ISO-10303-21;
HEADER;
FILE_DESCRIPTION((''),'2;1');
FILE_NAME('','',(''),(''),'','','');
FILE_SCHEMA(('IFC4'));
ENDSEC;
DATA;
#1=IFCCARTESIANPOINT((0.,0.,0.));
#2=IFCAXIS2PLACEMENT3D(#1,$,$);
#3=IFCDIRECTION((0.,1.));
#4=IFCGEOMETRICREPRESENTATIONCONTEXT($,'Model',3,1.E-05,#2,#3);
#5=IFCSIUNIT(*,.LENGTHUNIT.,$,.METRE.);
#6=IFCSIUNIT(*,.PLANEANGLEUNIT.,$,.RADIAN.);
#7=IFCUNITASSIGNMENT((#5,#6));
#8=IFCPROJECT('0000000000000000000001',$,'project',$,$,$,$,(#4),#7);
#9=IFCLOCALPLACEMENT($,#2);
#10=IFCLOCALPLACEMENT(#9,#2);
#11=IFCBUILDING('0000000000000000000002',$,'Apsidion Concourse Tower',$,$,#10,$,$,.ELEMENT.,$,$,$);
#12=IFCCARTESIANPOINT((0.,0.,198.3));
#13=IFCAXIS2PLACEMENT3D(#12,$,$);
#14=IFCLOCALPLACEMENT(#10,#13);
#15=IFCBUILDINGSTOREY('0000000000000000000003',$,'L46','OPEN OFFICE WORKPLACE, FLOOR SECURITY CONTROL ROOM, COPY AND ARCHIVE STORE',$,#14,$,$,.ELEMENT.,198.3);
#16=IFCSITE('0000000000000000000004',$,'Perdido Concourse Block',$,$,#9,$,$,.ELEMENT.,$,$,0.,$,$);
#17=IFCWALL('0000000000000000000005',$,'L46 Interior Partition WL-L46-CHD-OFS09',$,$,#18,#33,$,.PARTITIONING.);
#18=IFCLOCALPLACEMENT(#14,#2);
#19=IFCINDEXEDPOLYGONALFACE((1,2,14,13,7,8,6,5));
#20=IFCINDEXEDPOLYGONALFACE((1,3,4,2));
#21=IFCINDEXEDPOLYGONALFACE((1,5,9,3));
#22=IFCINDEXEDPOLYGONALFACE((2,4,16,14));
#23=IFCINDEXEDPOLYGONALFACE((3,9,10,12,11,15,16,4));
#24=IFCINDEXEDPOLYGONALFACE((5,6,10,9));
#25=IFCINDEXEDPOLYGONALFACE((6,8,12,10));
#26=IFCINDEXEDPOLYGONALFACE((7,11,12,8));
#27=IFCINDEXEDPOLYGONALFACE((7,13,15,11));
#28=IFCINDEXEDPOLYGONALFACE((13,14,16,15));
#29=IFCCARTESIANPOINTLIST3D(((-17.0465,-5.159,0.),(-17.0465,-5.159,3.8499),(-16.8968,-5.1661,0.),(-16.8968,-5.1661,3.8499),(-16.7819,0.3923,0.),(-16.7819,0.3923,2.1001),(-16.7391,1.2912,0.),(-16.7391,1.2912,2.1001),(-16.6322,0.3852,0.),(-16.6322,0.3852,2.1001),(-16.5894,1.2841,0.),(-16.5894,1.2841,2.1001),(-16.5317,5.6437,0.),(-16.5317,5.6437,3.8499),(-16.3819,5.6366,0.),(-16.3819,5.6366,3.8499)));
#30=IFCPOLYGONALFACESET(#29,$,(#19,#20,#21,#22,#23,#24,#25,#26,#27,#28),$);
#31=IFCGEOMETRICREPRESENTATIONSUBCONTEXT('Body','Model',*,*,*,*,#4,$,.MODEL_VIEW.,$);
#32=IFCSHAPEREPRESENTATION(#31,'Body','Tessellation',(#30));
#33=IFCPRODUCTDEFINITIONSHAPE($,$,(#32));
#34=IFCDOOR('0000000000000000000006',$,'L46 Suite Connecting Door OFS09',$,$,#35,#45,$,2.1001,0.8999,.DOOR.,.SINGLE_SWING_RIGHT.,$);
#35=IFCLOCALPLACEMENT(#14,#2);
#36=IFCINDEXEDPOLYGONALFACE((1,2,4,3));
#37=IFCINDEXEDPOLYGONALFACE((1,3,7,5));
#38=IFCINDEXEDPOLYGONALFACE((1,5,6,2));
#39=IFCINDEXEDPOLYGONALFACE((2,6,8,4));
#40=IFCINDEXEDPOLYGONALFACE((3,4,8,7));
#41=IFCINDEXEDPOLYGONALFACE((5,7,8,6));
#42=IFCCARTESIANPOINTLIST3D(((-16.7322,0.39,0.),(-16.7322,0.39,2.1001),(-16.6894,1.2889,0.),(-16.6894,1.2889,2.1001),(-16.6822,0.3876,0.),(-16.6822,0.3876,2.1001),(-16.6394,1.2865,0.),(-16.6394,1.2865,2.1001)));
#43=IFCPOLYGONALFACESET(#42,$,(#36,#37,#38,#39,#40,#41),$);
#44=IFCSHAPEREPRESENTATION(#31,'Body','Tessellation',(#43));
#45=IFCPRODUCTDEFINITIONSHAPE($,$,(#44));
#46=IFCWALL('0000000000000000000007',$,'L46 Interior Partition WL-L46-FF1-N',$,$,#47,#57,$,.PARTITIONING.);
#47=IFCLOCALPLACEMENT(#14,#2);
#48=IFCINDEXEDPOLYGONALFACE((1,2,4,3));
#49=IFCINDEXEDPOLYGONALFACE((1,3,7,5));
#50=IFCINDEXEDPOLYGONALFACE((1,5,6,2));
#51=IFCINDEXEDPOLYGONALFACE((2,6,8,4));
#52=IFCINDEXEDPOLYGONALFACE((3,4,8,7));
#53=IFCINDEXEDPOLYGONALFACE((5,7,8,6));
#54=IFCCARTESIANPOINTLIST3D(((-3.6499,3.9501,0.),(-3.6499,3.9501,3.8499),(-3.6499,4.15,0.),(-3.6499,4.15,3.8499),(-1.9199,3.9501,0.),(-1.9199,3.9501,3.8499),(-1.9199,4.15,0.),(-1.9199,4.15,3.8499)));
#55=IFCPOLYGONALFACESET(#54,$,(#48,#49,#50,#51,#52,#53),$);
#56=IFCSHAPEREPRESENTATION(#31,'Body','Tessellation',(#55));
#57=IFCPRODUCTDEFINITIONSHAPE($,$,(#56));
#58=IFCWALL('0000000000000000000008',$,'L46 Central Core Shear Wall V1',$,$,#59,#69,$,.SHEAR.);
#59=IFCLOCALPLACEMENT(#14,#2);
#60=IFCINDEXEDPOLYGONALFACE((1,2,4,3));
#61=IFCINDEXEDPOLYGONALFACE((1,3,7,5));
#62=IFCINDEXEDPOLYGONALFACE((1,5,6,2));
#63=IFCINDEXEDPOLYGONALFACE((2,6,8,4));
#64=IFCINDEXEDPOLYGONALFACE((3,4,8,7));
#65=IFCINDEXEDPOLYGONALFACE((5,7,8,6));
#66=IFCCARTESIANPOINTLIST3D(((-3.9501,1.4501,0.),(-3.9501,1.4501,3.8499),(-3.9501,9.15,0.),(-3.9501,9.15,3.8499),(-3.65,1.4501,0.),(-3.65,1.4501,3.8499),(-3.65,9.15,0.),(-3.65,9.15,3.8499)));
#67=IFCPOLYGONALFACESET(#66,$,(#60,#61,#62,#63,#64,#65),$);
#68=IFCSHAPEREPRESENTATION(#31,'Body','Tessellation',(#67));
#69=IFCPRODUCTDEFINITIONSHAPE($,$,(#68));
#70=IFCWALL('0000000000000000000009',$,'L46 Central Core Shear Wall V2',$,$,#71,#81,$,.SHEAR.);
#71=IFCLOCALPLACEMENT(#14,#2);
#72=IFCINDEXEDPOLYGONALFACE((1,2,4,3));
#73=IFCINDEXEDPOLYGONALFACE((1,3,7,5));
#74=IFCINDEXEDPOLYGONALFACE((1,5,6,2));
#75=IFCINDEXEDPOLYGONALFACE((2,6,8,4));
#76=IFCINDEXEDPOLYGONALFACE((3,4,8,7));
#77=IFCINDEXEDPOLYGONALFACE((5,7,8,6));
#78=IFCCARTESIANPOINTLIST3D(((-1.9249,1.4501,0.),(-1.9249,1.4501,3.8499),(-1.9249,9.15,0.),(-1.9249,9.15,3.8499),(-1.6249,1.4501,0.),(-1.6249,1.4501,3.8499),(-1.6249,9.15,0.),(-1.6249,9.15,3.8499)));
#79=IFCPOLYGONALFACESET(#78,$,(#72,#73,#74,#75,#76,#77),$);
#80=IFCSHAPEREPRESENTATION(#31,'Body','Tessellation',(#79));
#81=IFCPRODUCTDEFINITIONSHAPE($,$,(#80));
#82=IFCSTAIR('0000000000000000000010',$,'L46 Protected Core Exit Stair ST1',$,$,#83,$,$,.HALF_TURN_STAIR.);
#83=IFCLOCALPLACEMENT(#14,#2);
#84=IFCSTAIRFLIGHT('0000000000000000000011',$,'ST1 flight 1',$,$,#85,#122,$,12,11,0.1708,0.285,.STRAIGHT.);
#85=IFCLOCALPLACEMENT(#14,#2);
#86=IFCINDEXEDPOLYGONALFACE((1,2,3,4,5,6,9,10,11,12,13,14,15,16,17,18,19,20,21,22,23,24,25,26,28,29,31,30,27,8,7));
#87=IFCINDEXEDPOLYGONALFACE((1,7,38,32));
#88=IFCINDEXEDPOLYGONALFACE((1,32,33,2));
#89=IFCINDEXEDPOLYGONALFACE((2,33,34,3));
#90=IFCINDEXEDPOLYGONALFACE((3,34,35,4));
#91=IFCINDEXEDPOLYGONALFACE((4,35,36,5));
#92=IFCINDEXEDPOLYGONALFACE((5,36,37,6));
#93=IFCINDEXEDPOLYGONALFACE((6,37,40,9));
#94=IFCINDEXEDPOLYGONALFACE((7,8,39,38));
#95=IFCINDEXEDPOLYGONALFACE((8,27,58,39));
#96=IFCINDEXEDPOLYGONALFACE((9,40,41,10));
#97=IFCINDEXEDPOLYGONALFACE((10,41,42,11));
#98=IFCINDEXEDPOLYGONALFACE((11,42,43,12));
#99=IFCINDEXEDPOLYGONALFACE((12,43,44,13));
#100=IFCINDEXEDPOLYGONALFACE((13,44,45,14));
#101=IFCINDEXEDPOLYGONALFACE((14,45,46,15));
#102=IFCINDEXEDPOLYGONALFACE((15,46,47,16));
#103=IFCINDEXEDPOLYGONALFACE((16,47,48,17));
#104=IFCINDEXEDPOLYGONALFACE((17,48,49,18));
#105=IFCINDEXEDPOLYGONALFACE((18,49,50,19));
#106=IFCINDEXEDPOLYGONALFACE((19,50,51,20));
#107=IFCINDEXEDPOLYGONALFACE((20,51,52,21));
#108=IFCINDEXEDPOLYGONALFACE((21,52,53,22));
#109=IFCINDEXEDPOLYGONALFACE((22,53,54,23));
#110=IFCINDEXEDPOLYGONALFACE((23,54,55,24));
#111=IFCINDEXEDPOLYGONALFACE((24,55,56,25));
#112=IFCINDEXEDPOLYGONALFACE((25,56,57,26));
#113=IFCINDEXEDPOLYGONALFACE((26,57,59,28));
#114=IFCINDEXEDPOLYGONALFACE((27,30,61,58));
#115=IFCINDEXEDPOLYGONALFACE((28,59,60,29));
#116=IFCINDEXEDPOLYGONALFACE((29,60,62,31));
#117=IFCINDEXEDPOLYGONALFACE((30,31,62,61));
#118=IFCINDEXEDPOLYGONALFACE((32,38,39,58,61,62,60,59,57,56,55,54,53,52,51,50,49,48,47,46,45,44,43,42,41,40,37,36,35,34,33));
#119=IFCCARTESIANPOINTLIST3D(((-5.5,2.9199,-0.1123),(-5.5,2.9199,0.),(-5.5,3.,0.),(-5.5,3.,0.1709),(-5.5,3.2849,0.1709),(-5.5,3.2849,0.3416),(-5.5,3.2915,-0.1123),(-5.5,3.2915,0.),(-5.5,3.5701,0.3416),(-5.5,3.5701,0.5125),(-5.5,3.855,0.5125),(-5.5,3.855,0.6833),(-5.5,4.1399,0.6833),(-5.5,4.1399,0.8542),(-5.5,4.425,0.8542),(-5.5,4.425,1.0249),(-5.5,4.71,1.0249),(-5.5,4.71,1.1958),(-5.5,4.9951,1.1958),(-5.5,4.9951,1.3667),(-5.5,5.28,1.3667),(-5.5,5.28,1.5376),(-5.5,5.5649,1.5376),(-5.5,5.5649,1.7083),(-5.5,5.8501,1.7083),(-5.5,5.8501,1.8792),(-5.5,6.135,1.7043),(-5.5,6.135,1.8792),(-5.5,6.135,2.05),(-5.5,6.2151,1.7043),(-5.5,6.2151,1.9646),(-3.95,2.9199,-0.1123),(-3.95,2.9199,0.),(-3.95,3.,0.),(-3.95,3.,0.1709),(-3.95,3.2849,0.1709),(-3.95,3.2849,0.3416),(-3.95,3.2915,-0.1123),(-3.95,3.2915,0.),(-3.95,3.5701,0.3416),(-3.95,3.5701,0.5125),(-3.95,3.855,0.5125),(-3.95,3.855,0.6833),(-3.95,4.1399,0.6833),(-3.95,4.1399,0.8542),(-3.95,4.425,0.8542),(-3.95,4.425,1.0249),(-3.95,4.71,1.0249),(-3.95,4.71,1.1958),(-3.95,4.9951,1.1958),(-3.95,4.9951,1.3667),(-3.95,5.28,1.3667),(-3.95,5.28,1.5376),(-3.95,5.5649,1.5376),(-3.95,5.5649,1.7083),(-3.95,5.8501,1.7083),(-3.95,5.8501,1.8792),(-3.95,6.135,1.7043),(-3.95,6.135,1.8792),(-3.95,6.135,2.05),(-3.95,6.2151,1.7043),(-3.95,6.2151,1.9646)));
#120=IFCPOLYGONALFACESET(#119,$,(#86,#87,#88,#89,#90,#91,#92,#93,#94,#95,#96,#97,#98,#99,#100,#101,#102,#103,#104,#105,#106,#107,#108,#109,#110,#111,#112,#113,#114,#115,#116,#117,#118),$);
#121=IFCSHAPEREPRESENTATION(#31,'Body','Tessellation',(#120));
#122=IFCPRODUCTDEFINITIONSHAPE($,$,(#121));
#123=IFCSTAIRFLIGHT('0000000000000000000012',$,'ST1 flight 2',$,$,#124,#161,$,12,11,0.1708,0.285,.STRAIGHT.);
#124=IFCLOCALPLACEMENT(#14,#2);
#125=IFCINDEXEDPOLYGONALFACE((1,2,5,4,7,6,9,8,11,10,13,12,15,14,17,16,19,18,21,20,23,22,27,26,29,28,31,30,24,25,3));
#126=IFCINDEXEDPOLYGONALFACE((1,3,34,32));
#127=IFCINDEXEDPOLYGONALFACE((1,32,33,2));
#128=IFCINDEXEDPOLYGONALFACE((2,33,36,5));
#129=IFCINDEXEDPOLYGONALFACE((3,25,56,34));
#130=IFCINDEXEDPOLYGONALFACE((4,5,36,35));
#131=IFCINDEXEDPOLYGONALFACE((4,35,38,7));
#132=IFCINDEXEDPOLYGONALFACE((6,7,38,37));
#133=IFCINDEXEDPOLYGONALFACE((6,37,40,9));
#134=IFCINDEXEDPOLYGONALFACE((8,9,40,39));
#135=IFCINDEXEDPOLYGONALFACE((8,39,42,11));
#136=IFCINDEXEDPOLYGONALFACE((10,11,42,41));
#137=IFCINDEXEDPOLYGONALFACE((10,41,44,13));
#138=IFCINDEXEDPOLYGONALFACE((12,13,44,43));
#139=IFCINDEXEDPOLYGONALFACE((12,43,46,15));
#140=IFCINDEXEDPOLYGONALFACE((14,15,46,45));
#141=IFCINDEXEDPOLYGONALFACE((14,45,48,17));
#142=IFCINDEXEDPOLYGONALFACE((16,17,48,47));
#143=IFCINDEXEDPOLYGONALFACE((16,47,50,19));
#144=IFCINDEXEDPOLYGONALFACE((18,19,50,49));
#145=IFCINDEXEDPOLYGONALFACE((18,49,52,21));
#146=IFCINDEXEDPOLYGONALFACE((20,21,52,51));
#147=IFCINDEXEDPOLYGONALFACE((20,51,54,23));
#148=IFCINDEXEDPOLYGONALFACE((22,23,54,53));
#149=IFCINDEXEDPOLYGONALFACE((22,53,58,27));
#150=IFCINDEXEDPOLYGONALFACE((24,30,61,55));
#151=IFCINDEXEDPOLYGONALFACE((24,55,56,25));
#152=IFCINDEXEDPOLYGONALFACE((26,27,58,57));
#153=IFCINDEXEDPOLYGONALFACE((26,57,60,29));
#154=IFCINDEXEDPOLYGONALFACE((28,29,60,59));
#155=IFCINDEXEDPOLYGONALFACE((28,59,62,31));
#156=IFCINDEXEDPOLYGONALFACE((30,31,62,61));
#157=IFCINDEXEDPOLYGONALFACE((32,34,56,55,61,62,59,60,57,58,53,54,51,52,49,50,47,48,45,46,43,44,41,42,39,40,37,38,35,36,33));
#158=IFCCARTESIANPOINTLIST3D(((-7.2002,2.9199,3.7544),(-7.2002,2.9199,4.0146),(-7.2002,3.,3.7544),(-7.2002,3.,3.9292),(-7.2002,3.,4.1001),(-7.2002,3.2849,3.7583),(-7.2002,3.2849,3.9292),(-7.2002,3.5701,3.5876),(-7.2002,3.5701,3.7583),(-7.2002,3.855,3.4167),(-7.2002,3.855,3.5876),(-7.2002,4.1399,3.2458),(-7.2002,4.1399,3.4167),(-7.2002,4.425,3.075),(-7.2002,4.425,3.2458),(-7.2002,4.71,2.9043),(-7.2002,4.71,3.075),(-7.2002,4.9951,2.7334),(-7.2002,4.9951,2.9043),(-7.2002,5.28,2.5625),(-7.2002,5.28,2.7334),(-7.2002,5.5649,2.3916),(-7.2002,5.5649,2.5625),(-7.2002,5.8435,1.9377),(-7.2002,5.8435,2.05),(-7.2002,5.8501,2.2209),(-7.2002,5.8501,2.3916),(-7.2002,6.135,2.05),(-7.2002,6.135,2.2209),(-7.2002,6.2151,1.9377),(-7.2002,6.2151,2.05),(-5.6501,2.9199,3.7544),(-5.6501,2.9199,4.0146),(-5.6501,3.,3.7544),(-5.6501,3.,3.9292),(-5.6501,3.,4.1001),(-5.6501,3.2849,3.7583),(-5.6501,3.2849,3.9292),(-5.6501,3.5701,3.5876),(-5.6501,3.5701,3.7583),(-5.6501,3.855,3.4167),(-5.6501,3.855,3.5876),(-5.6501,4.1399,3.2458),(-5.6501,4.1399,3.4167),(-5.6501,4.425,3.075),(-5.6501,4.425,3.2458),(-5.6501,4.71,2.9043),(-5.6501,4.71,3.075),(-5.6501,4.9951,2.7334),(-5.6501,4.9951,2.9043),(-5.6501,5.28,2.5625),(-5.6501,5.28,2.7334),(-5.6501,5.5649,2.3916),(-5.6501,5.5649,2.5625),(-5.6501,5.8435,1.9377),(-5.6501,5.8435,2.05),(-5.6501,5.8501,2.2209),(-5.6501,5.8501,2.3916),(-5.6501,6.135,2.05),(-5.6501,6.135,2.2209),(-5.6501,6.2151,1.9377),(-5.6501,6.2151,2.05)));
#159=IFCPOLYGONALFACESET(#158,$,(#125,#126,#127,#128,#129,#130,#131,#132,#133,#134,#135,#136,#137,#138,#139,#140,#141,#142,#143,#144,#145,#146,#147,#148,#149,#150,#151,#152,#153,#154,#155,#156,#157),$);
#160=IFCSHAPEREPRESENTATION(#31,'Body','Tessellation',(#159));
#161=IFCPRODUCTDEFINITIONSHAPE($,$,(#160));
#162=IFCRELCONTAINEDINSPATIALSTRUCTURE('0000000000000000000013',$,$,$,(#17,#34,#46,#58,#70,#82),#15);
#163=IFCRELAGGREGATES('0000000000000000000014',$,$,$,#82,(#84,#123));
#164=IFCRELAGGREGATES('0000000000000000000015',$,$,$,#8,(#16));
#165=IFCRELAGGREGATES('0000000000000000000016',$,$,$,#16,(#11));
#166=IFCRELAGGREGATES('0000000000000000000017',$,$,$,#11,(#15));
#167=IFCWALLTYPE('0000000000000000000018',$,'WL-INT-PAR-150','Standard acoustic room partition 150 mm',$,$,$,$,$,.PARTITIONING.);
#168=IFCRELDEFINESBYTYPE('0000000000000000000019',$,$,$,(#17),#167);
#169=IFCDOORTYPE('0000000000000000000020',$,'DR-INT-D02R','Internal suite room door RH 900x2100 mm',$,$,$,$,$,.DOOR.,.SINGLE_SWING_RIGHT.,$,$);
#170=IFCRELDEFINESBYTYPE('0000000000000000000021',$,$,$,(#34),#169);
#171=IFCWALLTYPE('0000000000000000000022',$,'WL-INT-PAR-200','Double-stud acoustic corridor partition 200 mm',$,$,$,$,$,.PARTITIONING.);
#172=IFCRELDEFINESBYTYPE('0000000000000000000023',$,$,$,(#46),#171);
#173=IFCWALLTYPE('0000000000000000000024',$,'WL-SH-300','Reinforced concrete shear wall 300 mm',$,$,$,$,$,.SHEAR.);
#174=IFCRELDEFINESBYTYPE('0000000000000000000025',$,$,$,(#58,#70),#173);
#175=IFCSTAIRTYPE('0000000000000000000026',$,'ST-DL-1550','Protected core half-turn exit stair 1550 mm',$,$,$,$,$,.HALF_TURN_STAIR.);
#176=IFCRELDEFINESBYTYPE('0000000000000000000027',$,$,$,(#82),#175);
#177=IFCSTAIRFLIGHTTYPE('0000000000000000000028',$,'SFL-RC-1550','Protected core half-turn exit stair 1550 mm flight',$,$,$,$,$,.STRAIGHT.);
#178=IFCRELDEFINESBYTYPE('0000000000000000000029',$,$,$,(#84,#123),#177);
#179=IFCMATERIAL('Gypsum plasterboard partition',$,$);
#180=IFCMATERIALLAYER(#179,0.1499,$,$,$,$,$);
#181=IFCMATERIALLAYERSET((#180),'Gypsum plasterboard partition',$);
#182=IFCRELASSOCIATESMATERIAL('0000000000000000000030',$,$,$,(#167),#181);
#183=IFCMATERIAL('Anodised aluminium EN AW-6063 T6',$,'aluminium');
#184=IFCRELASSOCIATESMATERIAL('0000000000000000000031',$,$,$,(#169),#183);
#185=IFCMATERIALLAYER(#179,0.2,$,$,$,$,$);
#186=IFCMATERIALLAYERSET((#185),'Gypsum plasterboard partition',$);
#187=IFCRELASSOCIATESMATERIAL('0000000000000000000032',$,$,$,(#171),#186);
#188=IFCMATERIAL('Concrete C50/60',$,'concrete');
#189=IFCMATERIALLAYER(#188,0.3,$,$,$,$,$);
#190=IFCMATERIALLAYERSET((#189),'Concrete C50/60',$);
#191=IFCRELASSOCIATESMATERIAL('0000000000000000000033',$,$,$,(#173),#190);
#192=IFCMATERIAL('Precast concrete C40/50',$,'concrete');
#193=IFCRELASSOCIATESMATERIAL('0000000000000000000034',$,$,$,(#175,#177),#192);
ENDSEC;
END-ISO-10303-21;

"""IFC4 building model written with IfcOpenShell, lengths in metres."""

from ifc_helpers import new_model, si_unit, direction, frame, frame_2d, origin, place, context, subcontext, project, spatial, polyline, rectangle, outline, extrude, material, layer, layer_set, type_object, element, fill, aggregate, save


model = new_model("IFC4")

# Units and contexts
model_context = context("Model", 3, precision=1e-05, world=origin(), true_north=direction((0.0, 1.0)))
body_context = subcontext(model_context, "Body", "Model", "MODEL_VIEW")
ifc_project = project(units=[si_unit("LENGTHUNIT", "METRE"), si_unit("PLANEANGLEUNIT", "RADIAN")], contexts=[model_context])

# Site, building, storey
site_placement = place(None, origin())
site = spatial("IfcSite", under=ifc_project, at=site_placement, Name="Perdido Concourse Block", CompositionType="ELEMENT", RefElevation=0.0)
building_placement = place(site_placement, origin())
building = spatial("IfcBuilding", under=site, at=building_placement, Name="Apsidion Concourse Tower", CompositionType="ELEMENT")
storey_placement = place(building_placement, frame((0.0, 0.0, 198.3)))
storey = spatial("IfcBuildingStorey", under=building, at=storey_placement, Name="L46", Description="OPEN OFFICE WORKPLACE, FLOOR SECURITY CONTROL ROOM, COPY AND ARCHIVE STORE", CompositionType="ELEMENT", Elevation=198.3)

# Shared definitions
ifc_material_1 = material(Name="Concrete C50/60", Category="concrete")

# Shared definitions
ifc_material_2 = material(Name="Gypsum plasterboard partition")
ifc_layer_1 = layer(ifc_material_2, 0.1499)
ifc_layer_set_1 = layer_set([ifc_layer_1], Name="Gypsum plasterboard partition")
wall_type_1 = type_object("IfcWallType", Name="WL-INT-PAR-150", Description="Standard acoustic room partition 150 mm", PredefinedType="PARTITIONING", material=ifc_layer_set_1)

# Wall, opening, door
wall_1_placement = place(storey_placement, frame((-16.4568, 5.6401, 0.0), z_axis=(0.0, 0.0, 1.0), x_axis=(-0.047609, -0.998866, 0.0)))
wall_1 = element("IfcWall", 1, at=wall_1_placement, inside=storey, type_object=wall_type_1, Name="L46 Interior Partition WL-L46-CHD-OFS09", PredefinedType="PARTITIONING", context=body_context, shape_type="SweptSolid", body=[
    extrude(rectangle(XDim=10.8149, YDim=0.1499, at=frame_2d((5.4075, 0.0))), origin(), (0.0, 0.0, 1.0), 3.8499),
])
opening_1_placement = place(wall_1_placement, frame((4.3574, 0.0, 0.0)))
opening_1 = element("IfcOpeningElement", 2, at=opening_1_placement, cuts=wall_1, PredefinedType="OPENING", context=body_context, shape_type="SweptSolid", body=[
    extrude(rectangle(XDim=0.8999, YDim=2.1001, at=frame_2d((0.45, 1.05))), frame((0.0, 0.085, 0.0), z_axis=(0.0, -1.0, 0.0), x_axis=(1.0, 0.0, 0.0)), (0.0, 0.0, 1.0), 0.1699),
])
ifc_material_3 = material(Name="Anodised aluminium EN AW-6063 T6", Category="aluminium")
door_type_1 = type_object("IfcDoorType", Name="DR-INT-D02R", Description="Internal suite room door RH 900x2100 mm", OperationType="SINGLE_SWING_RIGHT", PredefinedType="DOOR", material=ifc_material_3)
door_1_placement = place(opening_1_placement, origin())
door_1 = element("IfcDoor", 3, at=door_1_placement, inside=storey, type_object=door_type_1, Name="L46 Suite Connecting Door OFS09", OperationType="SINGLE_SWING_RIGHT", OverallHeight=2.1001, OverallWidth=0.8999, PredefinedType="DOOR", context=body_context, shape_type="SweptSolid", body=[
    extrude(rectangle(XDim=0.8999, YDim=2.1001, at=frame_2d((0.45, 1.05))), frame((0.0, 0.0249, 0.0), z_axis=(0.0, -1.0, 0.0), x_axis=(1.0, 0.0, 0.0)), (0.0, 0.0, 1.0), 0.05),
])
fill(opening_1, door_1)

# Walls
ifc_layer_2 = layer(ifc_material_2, 0.2)
ifc_layer_set_2 = layer_set([ifc_layer_2], Name="Gypsum plasterboard partition")
wall_type_2 = type_object("IfcWallType", Name="WL-INT-PAR-200", Description="Double-stud acoustic corridor partition 200 mm", PredefinedType="PARTITIONING", material=ifc_layer_set_2)
wall_2_placement = place(storey_placement, frame((-3.6499, 4.05, 0.0), z_axis=(0.0, 0.0, 1.0), x_axis=(1.0, 0.0, 0.0)))
element("IfcWall", 4, at=wall_2_placement, inside=storey, type_object=wall_type_2, Name="L46 Interior Partition WL-L46-FF1-N", PredefinedType="PARTITIONING", context=body_context, shape_type="SweptSolid", body=[
    extrude(rectangle(XDim=1.73, YDim=0.2, at=frame_2d((0.865, 0.0))), origin(), (0.0, 0.0, 1.0), 3.8499),
])
ifc_layer_3 = layer(ifc_material_1, 0.3)
ifc_layer_set_3 = layer_set([ifc_layer_3], Name="Concrete C50/60")
wall_type_3 = type_object("IfcWallType", Name="WL-SH-300", Description="Reinforced concrete shear wall 300 mm", PredefinedType="SHEAR", material=ifc_layer_set_3)
for number, where, z_axis, x_axis, name in (
    (5, (-3.8, 1.45, 0.0), (0.0, 0.0, 1.0), (0.0, 1.0, 0.0), "L46 Central Core Shear Wall V1"),
    (6, (-1.7749, 1.45, 0.0), (0.0, 0.0, 1.0), (0.0, 1.0, 0.0), "L46 Central Core Shear Wall V2"),
):
    element("IfcWall", number, at=place(storey_placement, frame(where, z_axis=z_axis, x_axis=x_axis)), inside=storey, type_object=wall_type_3, Name=name, PredefinedType="SHEAR", context=body_context, shape_type="SweptSolid", body=[
        extrude(rectangle(XDim=7.7, YDim=0.3, at=frame_2d((3.8501, 0.0))), origin(), (0.0, 0.0, 1.0), 3.8499),
    ])

# Stair, stair flights
ifc_material_4 = material(Name="Precast concrete C40/50", Category="concrete")
stair_type = type_object("IfcStairType", Name="ST-DL-1550", Description="Protected core half-turn exit stair 1550 mm", PredefinedType="HALF_TURN_STAIR", material=ifc_material_4)
stair_placement = place(storey_placement, origin())
stair = element("IfcStair", 7, at=stair_placement, inside=storey, type_object=stair_type, Name="L46 Protected Core Exit Stair ST1", PredefinedType="HALF_TURN_STAIR")
stair_flight_type = type_object("IfcStairFlightType", Name="SFL-RC-1550", Description="Protected core half-turn exit stair 1550 mm flight", PredefinedType="STRAIGHT", material=ifc_material_4)
stair_flight_1_placement = place(storey_placement, frame((-4.7251, 3.0, 0.0), z_axis=(0.0, 0.0, 1.0), x_axis=(0.0, 1.0, 0.0)))
stair_flight_1 = element("IfcStairFlight", 8, at=stair_flight_1_placement, type_object=stair_flight_type, Name="ST1 flight 1", NumberOfRisers=12, NumberOfTreads=11, PredefinedType="STRAIGHT", RiserHeight=0.1708, TreadLength=0.285, context=body_context, shape_type="SweptSolid", body=[
    extrude(outline(polyline([(-0.0801, -0.1123), (-0.0801, 0.0), (0.0, 0.0), (0.0, 0.1709), (0.2849, 0.1709), (0.2849, 0.3416), (0.5701, 0.3416), (0.5701, 0.5125), (0.855, 0.5125), (0.855, 0.6833), (1.1399, 0.6833), (1.1399, 0.8542), (1.425, 0.8542), (1.425, 1.0249), (1.71, 1.0249), (1.71, 1.1958), (1.9951, 1.1958), (1.9951, 1.3667), (2.28, 1.3667), (2.28, 1.5376), (2.5649, 1.5376), (2.5649, 1.7083), (2.8501, 1.7083), (2.8501, 1.8792), (3.135, 1.8792), (3.135, 2.05), (3.2151, 1.9646), (3.2151, 1.7043), (3.135, 1.7043), (0.2915, 0.0), (0.2915, -0.1123), (-0.0801, -0.1123)])), frame((0.0, 0.7749, 0.0), z_axis=(0.0, -1.0, 0.0), x_axis=(1.0, 0.0, 0.0)), (0.0, 0.0, 1.0), 1.55),
])
stair_flight_2_placement = place(storey_placement, frame((-6.425, 6.135, 2.05), z_axis=(0.0, 0.0, 1.0), x_axis=(0.0, -1.0, 0.0)))
stair_flight_2 = element("IfcStairFlight", 9, at=stair_flight_2_placement, type_object=stair_flight_type, Name="ST1 flight 2", NumberOfRisers=12, NumberOfTreads=11, PredefinedType="STRAIGHT", RiserHeight=0.1708, TreadLength=0.285, context=body_context, shape_type="SweptSolid", body=[
    extrude(outline(polyline([(-0.0801, -0.1123), (-0.0801, 0.0), (0.0, 0.0), (0.0, 0.1709), (0.2849, 0.1709), (0.2849, 0.3416), (0.5701, 0.3416), (0.5701, 0.5125), (0.855, 0.5125), (0.855, 0.6833), (1.1399, 0.6833), (1.1399, 0.8542), (1.425, 0.8542), (1.425, 1.0249), (1.71, 1.0249), (1.71, 1.1958), (1.9951, 1.1958), (1.9951, 1.3667), (2.28, 1.3667), (2.28, 1.5376), (2.5649, 1.5376), (2.5649, 1.7083), (2.8501, 1.7083), (2.8501, 1.8792), (3.135, 1.8792), (3.135, 2.05), (3.2151, 1.9646), (3.2151, 1.7043), (3.135, 1.7043), (0.2915, 0.0), (0.2915, -0.1123), (-0.0801, -0.1123)])), frame((0.0, 0.7749, 0.0), z_axis=(0.0, -1.0, 0.0), x_axis=(1.0, 0.0, 0.0)), (0.0, 0.0, 1.0), 1.55),
])
aggregate(stair, [stair_flight_1, stair_flight_2])

save(model, "model.ifc")
